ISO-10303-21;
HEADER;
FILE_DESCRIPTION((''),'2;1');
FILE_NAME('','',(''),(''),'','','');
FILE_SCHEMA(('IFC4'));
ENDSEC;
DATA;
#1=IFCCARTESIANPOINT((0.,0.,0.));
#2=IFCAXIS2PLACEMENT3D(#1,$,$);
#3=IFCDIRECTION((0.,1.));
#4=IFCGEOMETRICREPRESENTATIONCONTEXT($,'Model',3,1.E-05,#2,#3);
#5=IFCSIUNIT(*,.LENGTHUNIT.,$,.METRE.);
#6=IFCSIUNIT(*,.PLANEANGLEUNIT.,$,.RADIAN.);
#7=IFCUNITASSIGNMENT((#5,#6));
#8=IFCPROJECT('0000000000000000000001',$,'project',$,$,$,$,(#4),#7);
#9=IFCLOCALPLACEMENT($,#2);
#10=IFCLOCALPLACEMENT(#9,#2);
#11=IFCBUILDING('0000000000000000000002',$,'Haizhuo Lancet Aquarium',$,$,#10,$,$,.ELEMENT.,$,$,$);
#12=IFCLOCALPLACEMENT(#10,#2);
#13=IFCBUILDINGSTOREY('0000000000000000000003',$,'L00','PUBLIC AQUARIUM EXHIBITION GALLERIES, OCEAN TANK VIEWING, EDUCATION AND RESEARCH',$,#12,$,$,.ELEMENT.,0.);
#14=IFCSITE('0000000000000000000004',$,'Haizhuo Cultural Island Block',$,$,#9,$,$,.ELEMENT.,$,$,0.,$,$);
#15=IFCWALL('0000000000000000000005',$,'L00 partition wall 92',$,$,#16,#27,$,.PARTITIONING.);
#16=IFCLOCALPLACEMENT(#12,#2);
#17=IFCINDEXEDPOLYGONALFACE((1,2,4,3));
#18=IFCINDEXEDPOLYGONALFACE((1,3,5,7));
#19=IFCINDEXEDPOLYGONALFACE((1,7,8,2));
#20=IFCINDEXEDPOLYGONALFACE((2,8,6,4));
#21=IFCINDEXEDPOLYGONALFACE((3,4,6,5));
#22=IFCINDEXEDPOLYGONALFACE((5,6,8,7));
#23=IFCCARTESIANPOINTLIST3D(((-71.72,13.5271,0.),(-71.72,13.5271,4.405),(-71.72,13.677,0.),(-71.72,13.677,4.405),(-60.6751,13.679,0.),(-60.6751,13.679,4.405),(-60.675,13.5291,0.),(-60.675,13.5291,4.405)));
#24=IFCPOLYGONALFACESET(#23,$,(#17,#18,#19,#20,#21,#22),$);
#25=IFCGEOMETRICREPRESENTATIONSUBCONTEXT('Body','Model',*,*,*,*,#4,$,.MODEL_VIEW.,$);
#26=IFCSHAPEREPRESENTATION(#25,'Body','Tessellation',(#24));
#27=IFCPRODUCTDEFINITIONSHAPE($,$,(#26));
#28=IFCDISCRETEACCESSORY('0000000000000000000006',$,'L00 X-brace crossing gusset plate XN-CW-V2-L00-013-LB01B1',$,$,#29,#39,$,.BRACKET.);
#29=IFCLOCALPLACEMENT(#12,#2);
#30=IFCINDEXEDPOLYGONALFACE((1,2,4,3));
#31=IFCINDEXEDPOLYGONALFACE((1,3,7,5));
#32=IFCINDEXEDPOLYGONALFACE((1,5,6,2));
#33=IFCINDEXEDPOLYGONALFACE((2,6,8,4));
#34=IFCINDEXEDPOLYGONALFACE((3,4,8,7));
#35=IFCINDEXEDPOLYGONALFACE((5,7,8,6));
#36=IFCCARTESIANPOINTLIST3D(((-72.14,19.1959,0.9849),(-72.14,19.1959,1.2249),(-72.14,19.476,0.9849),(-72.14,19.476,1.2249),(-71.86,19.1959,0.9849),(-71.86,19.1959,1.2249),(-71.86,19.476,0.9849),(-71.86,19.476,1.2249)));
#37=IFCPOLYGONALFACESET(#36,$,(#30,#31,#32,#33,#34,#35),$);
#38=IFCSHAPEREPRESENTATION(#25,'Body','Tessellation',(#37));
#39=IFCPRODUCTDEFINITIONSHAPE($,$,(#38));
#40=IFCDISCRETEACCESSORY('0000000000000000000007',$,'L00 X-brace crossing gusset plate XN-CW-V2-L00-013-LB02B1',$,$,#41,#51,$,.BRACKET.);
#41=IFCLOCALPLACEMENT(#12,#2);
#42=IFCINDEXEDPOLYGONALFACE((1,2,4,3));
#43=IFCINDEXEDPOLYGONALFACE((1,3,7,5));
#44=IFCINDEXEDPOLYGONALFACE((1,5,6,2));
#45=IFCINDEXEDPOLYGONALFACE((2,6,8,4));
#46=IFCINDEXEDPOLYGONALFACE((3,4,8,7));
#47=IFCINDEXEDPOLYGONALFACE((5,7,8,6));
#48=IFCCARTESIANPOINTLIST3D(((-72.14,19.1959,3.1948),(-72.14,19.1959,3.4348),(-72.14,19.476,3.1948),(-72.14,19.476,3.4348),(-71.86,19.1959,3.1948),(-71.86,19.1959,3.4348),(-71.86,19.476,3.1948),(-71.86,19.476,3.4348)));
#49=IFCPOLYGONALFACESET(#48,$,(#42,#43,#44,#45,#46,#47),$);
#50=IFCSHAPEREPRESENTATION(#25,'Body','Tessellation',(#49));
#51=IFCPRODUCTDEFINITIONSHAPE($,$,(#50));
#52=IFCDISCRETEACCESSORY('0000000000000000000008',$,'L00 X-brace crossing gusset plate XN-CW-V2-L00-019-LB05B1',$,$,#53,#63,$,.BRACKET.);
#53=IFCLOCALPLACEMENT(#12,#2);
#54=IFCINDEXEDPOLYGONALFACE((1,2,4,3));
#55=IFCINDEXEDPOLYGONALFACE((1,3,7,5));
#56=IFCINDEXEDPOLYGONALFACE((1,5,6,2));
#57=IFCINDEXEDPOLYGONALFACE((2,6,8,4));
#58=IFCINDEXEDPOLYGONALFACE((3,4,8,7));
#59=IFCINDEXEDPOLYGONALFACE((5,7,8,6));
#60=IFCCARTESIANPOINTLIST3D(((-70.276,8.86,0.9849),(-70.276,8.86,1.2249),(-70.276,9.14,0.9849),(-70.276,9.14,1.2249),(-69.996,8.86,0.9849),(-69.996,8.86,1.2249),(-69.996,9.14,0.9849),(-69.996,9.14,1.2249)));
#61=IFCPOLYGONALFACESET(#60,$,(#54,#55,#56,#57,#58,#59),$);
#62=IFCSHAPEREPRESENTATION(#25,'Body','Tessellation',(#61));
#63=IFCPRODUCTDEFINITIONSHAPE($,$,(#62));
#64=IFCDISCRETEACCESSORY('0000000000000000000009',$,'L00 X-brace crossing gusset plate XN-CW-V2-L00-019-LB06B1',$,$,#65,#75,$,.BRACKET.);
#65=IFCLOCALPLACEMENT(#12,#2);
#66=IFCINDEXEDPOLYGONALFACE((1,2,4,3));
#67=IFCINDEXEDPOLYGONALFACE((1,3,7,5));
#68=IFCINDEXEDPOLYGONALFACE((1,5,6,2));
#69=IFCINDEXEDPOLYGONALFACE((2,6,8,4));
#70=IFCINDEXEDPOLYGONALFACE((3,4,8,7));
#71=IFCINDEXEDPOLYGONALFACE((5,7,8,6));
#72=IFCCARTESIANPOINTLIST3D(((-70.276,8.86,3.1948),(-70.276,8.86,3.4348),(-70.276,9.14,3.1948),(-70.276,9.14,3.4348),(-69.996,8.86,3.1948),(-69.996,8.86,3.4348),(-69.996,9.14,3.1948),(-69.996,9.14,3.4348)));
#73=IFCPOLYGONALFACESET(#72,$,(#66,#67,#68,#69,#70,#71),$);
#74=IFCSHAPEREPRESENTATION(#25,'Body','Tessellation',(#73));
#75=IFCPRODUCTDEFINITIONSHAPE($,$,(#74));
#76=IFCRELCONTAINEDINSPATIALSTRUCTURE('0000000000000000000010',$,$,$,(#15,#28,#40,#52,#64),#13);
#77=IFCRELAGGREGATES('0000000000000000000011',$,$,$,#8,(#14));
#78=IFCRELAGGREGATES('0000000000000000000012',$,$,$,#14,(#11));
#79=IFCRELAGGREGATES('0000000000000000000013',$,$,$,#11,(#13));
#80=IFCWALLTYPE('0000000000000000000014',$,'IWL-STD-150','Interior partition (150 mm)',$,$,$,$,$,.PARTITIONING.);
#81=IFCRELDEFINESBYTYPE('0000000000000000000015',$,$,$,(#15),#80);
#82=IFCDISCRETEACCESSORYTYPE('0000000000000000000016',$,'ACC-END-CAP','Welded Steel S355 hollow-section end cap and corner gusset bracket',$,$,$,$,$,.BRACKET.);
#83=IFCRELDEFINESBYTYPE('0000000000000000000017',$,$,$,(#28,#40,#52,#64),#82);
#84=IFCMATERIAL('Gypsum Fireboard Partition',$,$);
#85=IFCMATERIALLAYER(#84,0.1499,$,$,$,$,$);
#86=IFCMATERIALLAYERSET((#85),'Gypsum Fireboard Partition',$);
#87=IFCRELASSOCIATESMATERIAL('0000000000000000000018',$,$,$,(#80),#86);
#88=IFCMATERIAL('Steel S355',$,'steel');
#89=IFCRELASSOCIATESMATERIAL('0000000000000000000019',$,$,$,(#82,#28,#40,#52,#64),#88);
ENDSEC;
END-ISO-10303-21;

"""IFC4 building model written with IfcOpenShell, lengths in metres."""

from ifc_helpers import new_model, si_unit, direction, frame, frame_2d, origin, origin_2d, place, context, subcontext, project, spatial, rectangle, extrude, material, layer, layer_set, type_object, element, save


model = new_model("IFC4")

# Units and contexts
model_context = context("Model", 3, precision=1e-05, world=origin(), true_north=direction((0.0, 1.0)))
body_context = subcontext(model_context, "Body", "Model", "MODEL_VIEW")
ifc_project = project(units=[si_unit("LENGTHUNIT", "METRE"), si_unit("PLANEANGLEUNIT", "RADIAN")], contexts=[model_context])

# Site, building, storey
site_placement = place(None, origin())
site = spatial("IfcSite", under=ifc_project, at=site_placement, Name="Haizhuo Cultural Island Block", CompositionType="ELEMENT", RefElevation=0.0)
building_placement = place(site_placement, origin())
building = spatial("IfcBuilding", under=site, at=building_placement, Name="Haizhuo Lancet Aquarium", CompositionType="ELEMENT")
storey_placement = place(building_placement, origin())
storey = spatial("IfcBuildingStorey", under=building, at=storey_placement, Name="L00", Description="PUBLIC AQUARIUM EXHIBITION GALLERIES, OCEAN TANK VIEWING, EDUCATION AND RESEARCH", CompositionType="ELEMENT", Elevation=0.0)

# Shared definitions
ifc_material_1 = material(Name="Steel S355", Category="steel")

# Wall
ifc_material_2 = material(Name="Gypsum Fireboard Partition")
ifc_layer_1 = layer(ifc_material_2, 0.1499)
ifc_layer_set_1 = layer_set([ifc_layer_1], Name="Gypsum Fireboard Partition")
wall_type = type_object("IfcWallType", Name="IWL-STD-150", Description="Interior partition (150 mm)", PredefinedType="PARTITIONING", material=ifc_layer_set_1)
wall_1_placement = place(storey_placement, frame((-71.72, 13.6021, 0.0), z_axis=(0.0, 0.0, 1.0), x_axis=(1.0, 0.000177, 0.0)))
element("IfcWall", 1, at=wall_1_placement, inside=storey, type_object=wall_type, Name="L00 partition wall 92", PredefinedType="PARTITIONING", context=body_context, shape_type="SweptSolid", body=[
    extrude(rectangle(XDim=11.0449, YDim=0.1499, at=frame_2d((5.5225, 0.0))), origin(), (0.0, 0.0, 1.0), 4.405),
])

# Discrete accessories
discrete_accessory_type = type_object("IfcDiscreteAccessoryType", Name="ACC-END-CAP", Description="Welded Steel S355 hollow-section end cap and corner gusset bracket", PredefinedType="BRACKET", material=ifc_material_1)
for number, where, z_axis, x_axis, name in (
    (2, (-72.0, 19.3359, 0.9849), (0.0, 0.0, 1.0), (1.0, 0.0, 0.0), "L00 X-brace crossing gusset plate XN-CW-V2-L00-013-LB01B1"),
    (3, (-72.0, 19.3359, 3.1948), (0.0, 0.0, 1.0), (1.0, 0.0, 0.0), "L00 X-brace crossing gusset plate XN-CW-V2-L00-013-LB02B1"),
    (4, (-70.136, 9.0, 0.9849), (0.0, 0.0, 1.0), (1.0, 0.0, 0.0), "L00 X-brace crossing gusset plate XN-CW-V2-L00-019-LB05B1"),
    (5, (-70.136, 9.0, 3.1948), (0.0, 0.0, 1.0), (1.0, 0.0, 0.0), "L00 X-brace crossing gusset plate XN-CW-V2-L00-019-LB06B1"),
):
    element("IfcDiscreteAccessory", number, at=place(storey_placement, frame(where, z_axis=z_axis, x_axis=x_axis)), inside=storey, type_object=discrete_accessory_type, material=ifc_material_1, Name=name, PredefinedType="BRACKET", context=body_context, shape_type="SweptSolid", body=[
        extrude(rectangle(XDim=0.28, YDim=0.28, at=origin_2d()), origin(), (0.0, 0.0, 1.0), 0.24),
    ])

save(model, "model.ifc")
